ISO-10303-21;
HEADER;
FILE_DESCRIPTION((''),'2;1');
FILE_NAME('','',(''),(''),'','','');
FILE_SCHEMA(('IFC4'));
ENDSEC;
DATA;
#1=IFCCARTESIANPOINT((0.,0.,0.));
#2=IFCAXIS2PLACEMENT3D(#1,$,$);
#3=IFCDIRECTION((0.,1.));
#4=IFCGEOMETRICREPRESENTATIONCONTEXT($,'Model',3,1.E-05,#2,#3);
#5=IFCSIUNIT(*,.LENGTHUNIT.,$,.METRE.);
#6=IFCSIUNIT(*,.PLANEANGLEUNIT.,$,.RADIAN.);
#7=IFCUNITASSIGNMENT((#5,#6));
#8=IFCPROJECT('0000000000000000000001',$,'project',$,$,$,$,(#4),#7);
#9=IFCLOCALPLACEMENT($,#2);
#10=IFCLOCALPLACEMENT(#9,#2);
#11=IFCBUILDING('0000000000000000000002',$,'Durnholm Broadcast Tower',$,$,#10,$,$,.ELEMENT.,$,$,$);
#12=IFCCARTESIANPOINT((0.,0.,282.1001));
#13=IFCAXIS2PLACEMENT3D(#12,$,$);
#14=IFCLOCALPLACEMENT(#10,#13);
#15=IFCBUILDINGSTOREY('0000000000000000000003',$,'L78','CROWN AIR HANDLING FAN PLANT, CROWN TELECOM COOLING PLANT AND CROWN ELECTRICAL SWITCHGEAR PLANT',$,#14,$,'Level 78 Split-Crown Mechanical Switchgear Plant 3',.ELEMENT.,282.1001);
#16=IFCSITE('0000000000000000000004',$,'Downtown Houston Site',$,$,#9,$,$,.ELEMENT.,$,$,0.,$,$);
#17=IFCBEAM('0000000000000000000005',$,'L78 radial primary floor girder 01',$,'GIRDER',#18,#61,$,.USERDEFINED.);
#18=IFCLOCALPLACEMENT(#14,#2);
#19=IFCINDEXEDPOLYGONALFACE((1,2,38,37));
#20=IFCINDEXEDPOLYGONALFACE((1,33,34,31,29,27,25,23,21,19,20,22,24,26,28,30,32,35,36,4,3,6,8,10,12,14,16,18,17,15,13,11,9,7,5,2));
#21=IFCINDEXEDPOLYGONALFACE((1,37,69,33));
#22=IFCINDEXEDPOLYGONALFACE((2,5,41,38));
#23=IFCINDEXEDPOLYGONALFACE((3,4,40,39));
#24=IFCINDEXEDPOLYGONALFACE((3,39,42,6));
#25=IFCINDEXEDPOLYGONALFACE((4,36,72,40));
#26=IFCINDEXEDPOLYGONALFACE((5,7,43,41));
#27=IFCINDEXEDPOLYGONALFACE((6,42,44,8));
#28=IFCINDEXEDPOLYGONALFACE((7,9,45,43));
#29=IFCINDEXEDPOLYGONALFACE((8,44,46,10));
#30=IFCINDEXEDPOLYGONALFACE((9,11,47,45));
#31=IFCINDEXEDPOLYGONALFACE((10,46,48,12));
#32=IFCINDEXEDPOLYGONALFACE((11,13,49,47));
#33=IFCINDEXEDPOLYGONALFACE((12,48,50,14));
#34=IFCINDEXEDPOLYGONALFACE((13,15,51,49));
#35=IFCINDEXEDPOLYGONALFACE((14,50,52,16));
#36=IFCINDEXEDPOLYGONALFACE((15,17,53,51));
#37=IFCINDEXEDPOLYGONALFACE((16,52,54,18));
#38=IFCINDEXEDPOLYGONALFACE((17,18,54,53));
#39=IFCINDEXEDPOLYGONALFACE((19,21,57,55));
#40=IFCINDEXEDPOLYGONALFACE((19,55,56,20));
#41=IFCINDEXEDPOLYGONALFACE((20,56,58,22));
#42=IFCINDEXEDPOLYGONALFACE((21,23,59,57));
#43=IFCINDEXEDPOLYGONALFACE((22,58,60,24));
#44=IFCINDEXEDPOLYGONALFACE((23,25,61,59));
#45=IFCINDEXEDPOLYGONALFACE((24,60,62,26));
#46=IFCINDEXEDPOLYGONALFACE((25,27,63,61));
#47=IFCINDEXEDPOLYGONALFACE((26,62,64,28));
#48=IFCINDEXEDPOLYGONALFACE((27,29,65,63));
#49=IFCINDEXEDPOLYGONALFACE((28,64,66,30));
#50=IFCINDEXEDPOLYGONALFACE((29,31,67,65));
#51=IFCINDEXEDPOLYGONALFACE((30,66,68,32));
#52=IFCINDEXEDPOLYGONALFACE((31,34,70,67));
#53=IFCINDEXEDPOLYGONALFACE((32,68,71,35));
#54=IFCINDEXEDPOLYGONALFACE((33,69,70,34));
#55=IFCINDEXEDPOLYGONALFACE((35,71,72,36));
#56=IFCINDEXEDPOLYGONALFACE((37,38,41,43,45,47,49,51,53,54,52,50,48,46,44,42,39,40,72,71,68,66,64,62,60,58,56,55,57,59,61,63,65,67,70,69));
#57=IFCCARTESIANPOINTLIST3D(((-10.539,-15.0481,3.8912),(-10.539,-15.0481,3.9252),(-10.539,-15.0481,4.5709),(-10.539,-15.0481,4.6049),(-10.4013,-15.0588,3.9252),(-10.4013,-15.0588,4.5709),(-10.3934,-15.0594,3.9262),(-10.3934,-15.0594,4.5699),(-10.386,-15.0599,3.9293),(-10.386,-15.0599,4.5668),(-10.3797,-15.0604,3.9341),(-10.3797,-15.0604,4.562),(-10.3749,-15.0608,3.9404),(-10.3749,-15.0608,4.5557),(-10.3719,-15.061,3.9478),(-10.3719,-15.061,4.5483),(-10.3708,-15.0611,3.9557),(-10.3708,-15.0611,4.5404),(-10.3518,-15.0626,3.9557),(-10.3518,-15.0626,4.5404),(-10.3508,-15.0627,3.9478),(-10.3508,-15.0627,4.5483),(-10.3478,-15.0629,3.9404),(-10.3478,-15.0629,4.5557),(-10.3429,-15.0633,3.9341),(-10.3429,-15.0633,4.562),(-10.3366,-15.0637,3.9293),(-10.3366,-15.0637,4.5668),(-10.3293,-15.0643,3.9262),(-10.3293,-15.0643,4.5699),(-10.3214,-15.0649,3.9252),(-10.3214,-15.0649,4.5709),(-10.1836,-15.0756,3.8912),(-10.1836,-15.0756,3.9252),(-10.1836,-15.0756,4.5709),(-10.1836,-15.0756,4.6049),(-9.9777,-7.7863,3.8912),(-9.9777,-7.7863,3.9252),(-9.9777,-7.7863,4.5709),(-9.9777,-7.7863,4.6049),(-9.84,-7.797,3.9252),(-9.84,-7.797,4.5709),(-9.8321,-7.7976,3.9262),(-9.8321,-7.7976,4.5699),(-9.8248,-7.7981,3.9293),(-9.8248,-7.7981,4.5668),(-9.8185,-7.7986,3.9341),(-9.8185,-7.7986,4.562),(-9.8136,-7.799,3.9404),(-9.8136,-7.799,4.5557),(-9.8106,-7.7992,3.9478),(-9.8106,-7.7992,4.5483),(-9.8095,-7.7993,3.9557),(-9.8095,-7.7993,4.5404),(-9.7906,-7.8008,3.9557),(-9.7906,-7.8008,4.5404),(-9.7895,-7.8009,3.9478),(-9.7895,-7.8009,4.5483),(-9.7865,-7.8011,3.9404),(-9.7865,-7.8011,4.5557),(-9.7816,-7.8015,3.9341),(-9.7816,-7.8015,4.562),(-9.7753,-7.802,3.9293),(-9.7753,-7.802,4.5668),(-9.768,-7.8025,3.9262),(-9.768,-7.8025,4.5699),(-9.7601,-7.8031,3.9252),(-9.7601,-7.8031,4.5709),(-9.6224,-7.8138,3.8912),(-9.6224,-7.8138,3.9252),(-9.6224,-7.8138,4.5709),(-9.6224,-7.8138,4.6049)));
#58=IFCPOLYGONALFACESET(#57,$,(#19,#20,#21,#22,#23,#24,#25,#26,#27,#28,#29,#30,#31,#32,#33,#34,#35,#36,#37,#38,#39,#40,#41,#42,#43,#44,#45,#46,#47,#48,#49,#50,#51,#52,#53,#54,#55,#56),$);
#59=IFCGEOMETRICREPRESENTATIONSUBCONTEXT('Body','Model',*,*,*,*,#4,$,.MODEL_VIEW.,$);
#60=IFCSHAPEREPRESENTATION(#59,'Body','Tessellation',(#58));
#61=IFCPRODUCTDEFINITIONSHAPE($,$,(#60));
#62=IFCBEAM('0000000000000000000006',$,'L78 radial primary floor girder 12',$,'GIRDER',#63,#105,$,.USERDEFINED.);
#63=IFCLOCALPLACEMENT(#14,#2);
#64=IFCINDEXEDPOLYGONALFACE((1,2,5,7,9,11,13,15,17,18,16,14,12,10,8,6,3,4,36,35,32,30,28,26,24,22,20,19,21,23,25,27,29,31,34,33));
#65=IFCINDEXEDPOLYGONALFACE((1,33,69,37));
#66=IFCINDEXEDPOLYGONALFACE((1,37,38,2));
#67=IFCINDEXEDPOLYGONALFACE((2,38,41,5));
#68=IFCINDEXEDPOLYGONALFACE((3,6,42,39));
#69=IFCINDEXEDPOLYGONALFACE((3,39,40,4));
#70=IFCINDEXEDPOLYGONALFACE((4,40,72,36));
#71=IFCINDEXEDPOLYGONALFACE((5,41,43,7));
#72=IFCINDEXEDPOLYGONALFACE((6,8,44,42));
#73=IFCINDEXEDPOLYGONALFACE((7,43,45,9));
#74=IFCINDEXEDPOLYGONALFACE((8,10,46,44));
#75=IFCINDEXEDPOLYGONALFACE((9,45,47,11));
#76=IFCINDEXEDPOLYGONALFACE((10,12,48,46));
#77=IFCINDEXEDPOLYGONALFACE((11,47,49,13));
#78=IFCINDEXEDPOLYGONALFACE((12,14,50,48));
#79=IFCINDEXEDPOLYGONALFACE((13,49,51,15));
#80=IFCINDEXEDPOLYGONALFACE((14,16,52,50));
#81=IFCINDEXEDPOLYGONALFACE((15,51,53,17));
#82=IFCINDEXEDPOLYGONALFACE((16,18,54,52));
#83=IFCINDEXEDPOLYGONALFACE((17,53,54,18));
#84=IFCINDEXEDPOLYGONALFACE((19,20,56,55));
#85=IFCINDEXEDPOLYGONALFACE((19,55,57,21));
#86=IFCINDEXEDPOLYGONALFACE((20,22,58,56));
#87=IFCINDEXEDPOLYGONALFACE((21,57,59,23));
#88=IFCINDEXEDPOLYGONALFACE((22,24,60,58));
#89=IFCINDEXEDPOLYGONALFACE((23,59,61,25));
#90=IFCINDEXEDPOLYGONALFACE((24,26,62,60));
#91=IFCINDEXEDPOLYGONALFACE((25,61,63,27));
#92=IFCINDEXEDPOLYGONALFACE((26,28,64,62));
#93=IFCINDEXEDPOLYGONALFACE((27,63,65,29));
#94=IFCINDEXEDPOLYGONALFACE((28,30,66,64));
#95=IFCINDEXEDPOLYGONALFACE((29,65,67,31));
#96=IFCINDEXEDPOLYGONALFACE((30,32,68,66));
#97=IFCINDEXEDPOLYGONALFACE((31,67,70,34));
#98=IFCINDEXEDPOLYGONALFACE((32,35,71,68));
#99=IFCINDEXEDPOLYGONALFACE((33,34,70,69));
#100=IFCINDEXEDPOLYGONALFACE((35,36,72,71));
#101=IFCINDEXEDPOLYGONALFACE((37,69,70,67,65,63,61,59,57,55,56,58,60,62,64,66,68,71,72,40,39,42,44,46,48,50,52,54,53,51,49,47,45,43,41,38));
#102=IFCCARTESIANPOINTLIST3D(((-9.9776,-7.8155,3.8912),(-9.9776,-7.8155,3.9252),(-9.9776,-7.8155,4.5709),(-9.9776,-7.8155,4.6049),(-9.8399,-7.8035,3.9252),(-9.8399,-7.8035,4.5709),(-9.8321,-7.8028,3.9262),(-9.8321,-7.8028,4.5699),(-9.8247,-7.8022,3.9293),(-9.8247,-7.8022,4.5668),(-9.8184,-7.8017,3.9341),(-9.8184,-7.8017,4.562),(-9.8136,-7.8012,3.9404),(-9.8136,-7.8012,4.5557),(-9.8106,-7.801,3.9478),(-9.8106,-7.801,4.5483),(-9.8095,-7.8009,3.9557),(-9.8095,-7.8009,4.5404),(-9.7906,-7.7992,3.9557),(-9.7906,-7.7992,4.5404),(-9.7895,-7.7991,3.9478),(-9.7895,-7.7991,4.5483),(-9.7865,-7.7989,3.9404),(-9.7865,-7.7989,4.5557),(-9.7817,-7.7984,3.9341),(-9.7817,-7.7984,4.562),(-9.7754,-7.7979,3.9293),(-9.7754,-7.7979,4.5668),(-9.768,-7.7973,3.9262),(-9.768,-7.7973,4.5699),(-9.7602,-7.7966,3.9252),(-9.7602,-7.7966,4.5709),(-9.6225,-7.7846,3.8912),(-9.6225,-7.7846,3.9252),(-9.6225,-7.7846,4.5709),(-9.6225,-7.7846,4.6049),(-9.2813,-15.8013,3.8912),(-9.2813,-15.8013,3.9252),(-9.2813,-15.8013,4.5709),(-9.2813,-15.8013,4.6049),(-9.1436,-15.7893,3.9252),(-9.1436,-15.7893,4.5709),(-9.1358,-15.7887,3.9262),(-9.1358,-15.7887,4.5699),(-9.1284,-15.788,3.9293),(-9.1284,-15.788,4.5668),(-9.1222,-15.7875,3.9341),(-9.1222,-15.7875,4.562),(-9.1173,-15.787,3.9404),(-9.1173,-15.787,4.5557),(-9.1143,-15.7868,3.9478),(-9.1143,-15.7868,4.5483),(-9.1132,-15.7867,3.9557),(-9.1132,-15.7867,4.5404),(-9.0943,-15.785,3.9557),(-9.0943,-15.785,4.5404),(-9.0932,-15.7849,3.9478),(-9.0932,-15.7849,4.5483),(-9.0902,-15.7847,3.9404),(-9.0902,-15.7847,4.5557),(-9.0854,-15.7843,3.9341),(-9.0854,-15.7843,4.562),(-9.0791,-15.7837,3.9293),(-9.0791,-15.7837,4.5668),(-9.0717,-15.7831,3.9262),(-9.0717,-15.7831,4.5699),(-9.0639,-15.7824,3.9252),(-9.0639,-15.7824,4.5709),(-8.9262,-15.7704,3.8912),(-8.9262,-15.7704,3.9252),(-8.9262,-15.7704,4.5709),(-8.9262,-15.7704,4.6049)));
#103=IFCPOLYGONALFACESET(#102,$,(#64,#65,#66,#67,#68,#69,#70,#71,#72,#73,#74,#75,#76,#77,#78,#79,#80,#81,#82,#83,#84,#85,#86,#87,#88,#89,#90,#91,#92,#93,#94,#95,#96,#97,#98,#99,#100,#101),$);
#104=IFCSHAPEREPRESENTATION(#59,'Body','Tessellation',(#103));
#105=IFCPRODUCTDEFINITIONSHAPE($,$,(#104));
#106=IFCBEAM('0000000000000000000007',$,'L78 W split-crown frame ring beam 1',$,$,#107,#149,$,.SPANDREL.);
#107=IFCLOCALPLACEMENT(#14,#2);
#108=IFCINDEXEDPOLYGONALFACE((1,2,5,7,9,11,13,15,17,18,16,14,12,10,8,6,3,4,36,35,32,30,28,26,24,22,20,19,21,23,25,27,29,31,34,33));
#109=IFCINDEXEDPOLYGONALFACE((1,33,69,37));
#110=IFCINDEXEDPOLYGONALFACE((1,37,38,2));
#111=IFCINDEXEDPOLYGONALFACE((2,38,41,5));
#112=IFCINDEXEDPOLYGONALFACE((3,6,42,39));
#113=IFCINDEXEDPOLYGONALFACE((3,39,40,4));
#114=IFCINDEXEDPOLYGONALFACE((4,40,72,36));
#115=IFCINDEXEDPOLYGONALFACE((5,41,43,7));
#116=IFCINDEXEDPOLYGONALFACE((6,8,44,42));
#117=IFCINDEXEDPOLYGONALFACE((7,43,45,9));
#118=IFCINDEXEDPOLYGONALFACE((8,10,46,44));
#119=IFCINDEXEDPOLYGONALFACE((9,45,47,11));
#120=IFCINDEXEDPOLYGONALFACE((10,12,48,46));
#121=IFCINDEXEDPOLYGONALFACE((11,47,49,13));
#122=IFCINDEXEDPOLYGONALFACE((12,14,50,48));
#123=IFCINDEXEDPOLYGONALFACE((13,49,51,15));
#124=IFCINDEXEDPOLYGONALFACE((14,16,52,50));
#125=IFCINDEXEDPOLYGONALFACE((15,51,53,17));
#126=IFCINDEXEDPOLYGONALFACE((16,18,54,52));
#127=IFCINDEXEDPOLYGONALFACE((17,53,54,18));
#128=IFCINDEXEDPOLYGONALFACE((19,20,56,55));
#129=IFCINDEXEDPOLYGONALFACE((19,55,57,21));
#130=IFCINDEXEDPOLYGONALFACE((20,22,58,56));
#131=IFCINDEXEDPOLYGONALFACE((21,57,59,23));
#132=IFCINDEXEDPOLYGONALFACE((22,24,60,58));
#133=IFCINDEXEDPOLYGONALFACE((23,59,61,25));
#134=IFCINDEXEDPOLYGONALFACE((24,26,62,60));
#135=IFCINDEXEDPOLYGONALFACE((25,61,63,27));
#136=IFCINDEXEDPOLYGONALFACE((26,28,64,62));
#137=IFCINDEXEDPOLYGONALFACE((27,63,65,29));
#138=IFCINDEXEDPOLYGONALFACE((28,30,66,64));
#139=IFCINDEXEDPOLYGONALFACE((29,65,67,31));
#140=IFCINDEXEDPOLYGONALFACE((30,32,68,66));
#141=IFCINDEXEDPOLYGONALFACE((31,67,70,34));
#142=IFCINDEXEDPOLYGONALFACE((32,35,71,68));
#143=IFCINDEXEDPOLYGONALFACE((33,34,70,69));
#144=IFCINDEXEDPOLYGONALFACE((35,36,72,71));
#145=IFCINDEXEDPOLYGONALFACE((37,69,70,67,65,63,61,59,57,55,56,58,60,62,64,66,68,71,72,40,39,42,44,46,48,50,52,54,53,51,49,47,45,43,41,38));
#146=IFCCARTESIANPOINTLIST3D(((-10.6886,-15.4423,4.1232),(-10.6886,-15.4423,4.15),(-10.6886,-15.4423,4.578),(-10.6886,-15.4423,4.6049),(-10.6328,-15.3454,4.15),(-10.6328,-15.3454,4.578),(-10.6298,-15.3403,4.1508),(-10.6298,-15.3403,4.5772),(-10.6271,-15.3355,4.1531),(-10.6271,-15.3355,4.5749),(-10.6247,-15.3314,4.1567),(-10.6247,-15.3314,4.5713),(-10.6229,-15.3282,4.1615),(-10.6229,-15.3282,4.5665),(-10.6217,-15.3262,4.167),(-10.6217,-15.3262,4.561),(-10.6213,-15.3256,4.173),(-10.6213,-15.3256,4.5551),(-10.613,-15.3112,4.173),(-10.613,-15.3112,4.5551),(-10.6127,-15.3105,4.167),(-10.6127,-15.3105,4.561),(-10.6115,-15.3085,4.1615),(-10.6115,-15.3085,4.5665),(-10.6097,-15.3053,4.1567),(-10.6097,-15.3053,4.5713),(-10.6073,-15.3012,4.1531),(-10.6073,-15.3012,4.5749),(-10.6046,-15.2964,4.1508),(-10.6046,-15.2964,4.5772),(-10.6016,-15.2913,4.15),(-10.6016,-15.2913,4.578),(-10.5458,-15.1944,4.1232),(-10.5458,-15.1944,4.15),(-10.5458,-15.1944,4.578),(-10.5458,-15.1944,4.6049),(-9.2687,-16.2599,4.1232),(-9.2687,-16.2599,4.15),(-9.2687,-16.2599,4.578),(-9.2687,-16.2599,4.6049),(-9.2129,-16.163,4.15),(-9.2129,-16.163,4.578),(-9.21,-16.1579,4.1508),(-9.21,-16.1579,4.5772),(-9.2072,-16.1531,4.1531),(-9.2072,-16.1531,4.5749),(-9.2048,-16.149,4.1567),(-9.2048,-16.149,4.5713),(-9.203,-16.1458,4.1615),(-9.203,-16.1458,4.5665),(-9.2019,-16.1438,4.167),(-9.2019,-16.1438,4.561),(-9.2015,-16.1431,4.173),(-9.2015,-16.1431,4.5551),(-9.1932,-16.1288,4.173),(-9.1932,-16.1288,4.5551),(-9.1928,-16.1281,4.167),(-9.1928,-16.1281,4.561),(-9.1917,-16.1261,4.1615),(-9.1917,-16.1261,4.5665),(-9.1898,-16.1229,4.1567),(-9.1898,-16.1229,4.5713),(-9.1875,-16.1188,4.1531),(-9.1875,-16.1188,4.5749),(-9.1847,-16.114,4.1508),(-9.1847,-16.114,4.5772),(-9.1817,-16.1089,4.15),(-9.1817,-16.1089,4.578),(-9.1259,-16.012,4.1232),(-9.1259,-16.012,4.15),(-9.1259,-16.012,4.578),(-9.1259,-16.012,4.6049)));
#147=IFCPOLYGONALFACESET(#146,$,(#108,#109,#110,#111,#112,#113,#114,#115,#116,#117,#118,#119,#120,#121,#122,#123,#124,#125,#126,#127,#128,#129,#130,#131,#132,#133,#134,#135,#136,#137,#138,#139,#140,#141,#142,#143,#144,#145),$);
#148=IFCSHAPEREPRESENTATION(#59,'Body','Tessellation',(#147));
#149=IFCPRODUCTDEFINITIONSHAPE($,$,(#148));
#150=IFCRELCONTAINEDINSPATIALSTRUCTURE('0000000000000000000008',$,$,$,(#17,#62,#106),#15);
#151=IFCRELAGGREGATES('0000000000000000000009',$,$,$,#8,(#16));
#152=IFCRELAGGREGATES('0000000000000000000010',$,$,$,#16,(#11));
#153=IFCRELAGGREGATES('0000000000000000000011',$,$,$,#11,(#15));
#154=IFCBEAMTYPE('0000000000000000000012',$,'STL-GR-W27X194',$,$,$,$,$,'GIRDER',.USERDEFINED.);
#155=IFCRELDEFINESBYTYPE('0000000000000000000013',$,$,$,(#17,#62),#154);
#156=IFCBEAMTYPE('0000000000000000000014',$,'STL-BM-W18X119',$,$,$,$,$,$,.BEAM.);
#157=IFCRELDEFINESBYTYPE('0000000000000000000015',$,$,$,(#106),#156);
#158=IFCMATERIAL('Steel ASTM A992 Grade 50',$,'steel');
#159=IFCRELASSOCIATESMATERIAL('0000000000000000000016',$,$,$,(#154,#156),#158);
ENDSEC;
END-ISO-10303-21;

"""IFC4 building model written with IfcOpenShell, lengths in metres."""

from ifc_helpers import new_model, si_unit, direction, frame, origin, origin_2d, place, context, subcontext, project, spatial, i_section, extrude, source, transform, mapped, material, material_profile, profile_set, type_object, type_shapes, element, save


model = new_model("IFC4")

# Units and contexts
model_context = context("Model", 3, precision=1e-05, world=origin(), true_north=direction((0.0, 1.0)))
body_context = subcontext(model_context, "Body", "Model", "MODEL_VIEW")
ifc_project = project(units=[si_unit("LENGTHUNIT", "METRE"), si_unit("PLANEANGLEUNIT", "RADIAN")], contexts=[model_context])

# Site, building, storey
site_placement = place(None, origin())
site = spatial("IfcSite", under=ifc_project, at=site_placement, Name="Downtown Houston Site", CompositionType="ELEMENT", RefElevation=0.0)
building_placement = place(site_placement, origin())
building = spatial("IfcBuilding", under=site, at=building_placement, Name="Durnholm Broadcast Tower", CompositionType="ELEMENT")
storey_placement = place(building_placement, frame((0.0, 0.0, 282.1001)))
storey = spatial("IfcBuildingStorey", under=building, at=storey_placement, Name="L78", Description="CROWN AIR HANDLING FAN PLANT, CROWN TELECOM COOLING PLANT AND CROWN ELECTRICAL SWITCHGEAR PLANT", LongName="Level 78 Split-Crown Mechanical Switchgear Plant 3", CompositionType="ELEMENT", Elevation=282.1001)

# Beams
ifc_material_1 = material(Name="Steel ASTM A992 Grade 50", Category="steel")
ifc_material_profile_1 = material_profile(ifc_material_1, i_section(OverallWidth=0.3564, OverallDepth=0.7136, WebThickness=0.019, FlangeThickness=0.0339, FilletRadius=0.0305, at=origin_2d()), Name="W27X194")
ifc_profile_set_1 = profile_set([ifc_material_profile_1], Name="Steel ASTM A992 Grade 50")
beam_type_1 = type_object("IfcBeamType", Name="STL-GR-W27X194", ElementType="GIRDER", PredefinedType="USERDEFINED", material=ifc_profile_set_1)
shared_shape_1 = source(origin(), body_context, "Body", "SweptSolid", [
    extrude(i_section(OverallWidth=0.3564, OverallDepth=0.7136, WebThickness=0.019, FlangeThickness=0.0339, FilletRadius=0.0305, at=origin_2d()), origin(), (0.0, 0.0, 1.0), 7.2834),
])
beam_1_placement = place(storey_placement, frame((-9.8, -7.8, 4.248), z_axis=(-0.077063, -0.997026, 0.0), x_axis=(0.997026, -0.077063, 0.0)))
element("IfcBeam", 1, at=beam_1_placement, inside=storey, type_object=beam_type_1, Name="L78 radial primary floor girder 01", ObjectType="GIRDER", PredefinedType="USERDEFINED", context=body_context, shape_type="MappedRepresentation", body=[
    mapped(shared_shape_1, transform((0.0, 0.0, 0.0), x_axis=(1.0, 0.0, 0.0), y_axis=(0.0, 1.0, 0.0), z_axis=(0.0, 0.0, 1.0), scale=1.0)),
])
shared_shape_2 = source(origin(), body_context, "Body", "SweptSolid", [
    extrude(i_section(OverallWidth=0.3564, OverallDepth=0.7136, WebThickness=0.019, FlangeThickness=0.0339, FilletRadius=0.0305, at=origin_2d()), origin(), (0.0, 0.0, 1.0), 8.0161),
])
type_shapes(beam_type_1, [shared_shape_1, shared_shape_2])
beam_2_placement = place(storey_placement, frame((-9.8, -7.8, 4.248), z_axis=(0.086861, -0.99622, 0.0), x_axis=(0.99622, 0.086861, 0.0)))
element("IfcBeam", 2, at=beam_2_placement, inside=storey, type_object=beam_type_1, Name="L78 radial primary floor girder 12", ObjectType="GIRDER", PredefinedType="USERDEFINED", context=body_context, shape_type="MappedRepresentation", body=[
    mapped(shared_shape_2, transform((0.0, 0.0, 0.0), x_axis=(1.0, 0.0, 0.0), y_axis=(0.0, 1.0, 0.0), z_axis=(0.0, 0.0, 1.0), scale=1.0)),
])
ifc_material_profile_2 = material_profile(ifc_material_1, i_section(OverallWidth=0.2861, OverallDepth=0.4817, WebThickness=0.0166, FlangeThickness=0.0269, FilletRadius=0.0229, at=origin_2d()), Name="W18X119")
ifc_profile_set_2 = profile_set([ifc_material_profile_2], Name="Steel ASTM A992 Grade 50")
beam_type_2 = type_object("IfcBeamType", Name="STL-BM-W18X119", PredefinedType="BEAM", material=ifc_profile_set_2)
shared_shape_3 = source(origin(), body_context, "Body", "SweptSolid", [
    extrude(i_section(OverallWidth=0.2861, OverallDepth=0.4817, WebThickness=0.0166, FlangeThickness=0.0269, FilletRadius=0.0229, at=origin_2d()), origin(), (0.0, 0.0, 1.0), 1.6384),
])
beam_3_placement = place(storey_placement, frame((-10.6172, -15.3184, 4.364), z_axis=(0.866597, -0.499009, 0.0), x_axis=(0.499009, 0.866597, 0.0)))
element("IfcBeam", 3, at=beam_3_placement, inside=storey, type_object=beam_type_2, Name="L78 W split-crown frame ring beam 1", PredefinedType="SPANDREL", context=body_context, shape_type="MappedRepresentation", body=[
    mapped(shared_shape_3, transform((0.0, 0.0, 0.0), x_axis=(1.0, 0.0, 0.0), y_axis=(0.0, 1.0, 0.0), z_axis=(0.0, 0.0, 1.0), scale=1.0)),
])

save(model, "model.ifc")
